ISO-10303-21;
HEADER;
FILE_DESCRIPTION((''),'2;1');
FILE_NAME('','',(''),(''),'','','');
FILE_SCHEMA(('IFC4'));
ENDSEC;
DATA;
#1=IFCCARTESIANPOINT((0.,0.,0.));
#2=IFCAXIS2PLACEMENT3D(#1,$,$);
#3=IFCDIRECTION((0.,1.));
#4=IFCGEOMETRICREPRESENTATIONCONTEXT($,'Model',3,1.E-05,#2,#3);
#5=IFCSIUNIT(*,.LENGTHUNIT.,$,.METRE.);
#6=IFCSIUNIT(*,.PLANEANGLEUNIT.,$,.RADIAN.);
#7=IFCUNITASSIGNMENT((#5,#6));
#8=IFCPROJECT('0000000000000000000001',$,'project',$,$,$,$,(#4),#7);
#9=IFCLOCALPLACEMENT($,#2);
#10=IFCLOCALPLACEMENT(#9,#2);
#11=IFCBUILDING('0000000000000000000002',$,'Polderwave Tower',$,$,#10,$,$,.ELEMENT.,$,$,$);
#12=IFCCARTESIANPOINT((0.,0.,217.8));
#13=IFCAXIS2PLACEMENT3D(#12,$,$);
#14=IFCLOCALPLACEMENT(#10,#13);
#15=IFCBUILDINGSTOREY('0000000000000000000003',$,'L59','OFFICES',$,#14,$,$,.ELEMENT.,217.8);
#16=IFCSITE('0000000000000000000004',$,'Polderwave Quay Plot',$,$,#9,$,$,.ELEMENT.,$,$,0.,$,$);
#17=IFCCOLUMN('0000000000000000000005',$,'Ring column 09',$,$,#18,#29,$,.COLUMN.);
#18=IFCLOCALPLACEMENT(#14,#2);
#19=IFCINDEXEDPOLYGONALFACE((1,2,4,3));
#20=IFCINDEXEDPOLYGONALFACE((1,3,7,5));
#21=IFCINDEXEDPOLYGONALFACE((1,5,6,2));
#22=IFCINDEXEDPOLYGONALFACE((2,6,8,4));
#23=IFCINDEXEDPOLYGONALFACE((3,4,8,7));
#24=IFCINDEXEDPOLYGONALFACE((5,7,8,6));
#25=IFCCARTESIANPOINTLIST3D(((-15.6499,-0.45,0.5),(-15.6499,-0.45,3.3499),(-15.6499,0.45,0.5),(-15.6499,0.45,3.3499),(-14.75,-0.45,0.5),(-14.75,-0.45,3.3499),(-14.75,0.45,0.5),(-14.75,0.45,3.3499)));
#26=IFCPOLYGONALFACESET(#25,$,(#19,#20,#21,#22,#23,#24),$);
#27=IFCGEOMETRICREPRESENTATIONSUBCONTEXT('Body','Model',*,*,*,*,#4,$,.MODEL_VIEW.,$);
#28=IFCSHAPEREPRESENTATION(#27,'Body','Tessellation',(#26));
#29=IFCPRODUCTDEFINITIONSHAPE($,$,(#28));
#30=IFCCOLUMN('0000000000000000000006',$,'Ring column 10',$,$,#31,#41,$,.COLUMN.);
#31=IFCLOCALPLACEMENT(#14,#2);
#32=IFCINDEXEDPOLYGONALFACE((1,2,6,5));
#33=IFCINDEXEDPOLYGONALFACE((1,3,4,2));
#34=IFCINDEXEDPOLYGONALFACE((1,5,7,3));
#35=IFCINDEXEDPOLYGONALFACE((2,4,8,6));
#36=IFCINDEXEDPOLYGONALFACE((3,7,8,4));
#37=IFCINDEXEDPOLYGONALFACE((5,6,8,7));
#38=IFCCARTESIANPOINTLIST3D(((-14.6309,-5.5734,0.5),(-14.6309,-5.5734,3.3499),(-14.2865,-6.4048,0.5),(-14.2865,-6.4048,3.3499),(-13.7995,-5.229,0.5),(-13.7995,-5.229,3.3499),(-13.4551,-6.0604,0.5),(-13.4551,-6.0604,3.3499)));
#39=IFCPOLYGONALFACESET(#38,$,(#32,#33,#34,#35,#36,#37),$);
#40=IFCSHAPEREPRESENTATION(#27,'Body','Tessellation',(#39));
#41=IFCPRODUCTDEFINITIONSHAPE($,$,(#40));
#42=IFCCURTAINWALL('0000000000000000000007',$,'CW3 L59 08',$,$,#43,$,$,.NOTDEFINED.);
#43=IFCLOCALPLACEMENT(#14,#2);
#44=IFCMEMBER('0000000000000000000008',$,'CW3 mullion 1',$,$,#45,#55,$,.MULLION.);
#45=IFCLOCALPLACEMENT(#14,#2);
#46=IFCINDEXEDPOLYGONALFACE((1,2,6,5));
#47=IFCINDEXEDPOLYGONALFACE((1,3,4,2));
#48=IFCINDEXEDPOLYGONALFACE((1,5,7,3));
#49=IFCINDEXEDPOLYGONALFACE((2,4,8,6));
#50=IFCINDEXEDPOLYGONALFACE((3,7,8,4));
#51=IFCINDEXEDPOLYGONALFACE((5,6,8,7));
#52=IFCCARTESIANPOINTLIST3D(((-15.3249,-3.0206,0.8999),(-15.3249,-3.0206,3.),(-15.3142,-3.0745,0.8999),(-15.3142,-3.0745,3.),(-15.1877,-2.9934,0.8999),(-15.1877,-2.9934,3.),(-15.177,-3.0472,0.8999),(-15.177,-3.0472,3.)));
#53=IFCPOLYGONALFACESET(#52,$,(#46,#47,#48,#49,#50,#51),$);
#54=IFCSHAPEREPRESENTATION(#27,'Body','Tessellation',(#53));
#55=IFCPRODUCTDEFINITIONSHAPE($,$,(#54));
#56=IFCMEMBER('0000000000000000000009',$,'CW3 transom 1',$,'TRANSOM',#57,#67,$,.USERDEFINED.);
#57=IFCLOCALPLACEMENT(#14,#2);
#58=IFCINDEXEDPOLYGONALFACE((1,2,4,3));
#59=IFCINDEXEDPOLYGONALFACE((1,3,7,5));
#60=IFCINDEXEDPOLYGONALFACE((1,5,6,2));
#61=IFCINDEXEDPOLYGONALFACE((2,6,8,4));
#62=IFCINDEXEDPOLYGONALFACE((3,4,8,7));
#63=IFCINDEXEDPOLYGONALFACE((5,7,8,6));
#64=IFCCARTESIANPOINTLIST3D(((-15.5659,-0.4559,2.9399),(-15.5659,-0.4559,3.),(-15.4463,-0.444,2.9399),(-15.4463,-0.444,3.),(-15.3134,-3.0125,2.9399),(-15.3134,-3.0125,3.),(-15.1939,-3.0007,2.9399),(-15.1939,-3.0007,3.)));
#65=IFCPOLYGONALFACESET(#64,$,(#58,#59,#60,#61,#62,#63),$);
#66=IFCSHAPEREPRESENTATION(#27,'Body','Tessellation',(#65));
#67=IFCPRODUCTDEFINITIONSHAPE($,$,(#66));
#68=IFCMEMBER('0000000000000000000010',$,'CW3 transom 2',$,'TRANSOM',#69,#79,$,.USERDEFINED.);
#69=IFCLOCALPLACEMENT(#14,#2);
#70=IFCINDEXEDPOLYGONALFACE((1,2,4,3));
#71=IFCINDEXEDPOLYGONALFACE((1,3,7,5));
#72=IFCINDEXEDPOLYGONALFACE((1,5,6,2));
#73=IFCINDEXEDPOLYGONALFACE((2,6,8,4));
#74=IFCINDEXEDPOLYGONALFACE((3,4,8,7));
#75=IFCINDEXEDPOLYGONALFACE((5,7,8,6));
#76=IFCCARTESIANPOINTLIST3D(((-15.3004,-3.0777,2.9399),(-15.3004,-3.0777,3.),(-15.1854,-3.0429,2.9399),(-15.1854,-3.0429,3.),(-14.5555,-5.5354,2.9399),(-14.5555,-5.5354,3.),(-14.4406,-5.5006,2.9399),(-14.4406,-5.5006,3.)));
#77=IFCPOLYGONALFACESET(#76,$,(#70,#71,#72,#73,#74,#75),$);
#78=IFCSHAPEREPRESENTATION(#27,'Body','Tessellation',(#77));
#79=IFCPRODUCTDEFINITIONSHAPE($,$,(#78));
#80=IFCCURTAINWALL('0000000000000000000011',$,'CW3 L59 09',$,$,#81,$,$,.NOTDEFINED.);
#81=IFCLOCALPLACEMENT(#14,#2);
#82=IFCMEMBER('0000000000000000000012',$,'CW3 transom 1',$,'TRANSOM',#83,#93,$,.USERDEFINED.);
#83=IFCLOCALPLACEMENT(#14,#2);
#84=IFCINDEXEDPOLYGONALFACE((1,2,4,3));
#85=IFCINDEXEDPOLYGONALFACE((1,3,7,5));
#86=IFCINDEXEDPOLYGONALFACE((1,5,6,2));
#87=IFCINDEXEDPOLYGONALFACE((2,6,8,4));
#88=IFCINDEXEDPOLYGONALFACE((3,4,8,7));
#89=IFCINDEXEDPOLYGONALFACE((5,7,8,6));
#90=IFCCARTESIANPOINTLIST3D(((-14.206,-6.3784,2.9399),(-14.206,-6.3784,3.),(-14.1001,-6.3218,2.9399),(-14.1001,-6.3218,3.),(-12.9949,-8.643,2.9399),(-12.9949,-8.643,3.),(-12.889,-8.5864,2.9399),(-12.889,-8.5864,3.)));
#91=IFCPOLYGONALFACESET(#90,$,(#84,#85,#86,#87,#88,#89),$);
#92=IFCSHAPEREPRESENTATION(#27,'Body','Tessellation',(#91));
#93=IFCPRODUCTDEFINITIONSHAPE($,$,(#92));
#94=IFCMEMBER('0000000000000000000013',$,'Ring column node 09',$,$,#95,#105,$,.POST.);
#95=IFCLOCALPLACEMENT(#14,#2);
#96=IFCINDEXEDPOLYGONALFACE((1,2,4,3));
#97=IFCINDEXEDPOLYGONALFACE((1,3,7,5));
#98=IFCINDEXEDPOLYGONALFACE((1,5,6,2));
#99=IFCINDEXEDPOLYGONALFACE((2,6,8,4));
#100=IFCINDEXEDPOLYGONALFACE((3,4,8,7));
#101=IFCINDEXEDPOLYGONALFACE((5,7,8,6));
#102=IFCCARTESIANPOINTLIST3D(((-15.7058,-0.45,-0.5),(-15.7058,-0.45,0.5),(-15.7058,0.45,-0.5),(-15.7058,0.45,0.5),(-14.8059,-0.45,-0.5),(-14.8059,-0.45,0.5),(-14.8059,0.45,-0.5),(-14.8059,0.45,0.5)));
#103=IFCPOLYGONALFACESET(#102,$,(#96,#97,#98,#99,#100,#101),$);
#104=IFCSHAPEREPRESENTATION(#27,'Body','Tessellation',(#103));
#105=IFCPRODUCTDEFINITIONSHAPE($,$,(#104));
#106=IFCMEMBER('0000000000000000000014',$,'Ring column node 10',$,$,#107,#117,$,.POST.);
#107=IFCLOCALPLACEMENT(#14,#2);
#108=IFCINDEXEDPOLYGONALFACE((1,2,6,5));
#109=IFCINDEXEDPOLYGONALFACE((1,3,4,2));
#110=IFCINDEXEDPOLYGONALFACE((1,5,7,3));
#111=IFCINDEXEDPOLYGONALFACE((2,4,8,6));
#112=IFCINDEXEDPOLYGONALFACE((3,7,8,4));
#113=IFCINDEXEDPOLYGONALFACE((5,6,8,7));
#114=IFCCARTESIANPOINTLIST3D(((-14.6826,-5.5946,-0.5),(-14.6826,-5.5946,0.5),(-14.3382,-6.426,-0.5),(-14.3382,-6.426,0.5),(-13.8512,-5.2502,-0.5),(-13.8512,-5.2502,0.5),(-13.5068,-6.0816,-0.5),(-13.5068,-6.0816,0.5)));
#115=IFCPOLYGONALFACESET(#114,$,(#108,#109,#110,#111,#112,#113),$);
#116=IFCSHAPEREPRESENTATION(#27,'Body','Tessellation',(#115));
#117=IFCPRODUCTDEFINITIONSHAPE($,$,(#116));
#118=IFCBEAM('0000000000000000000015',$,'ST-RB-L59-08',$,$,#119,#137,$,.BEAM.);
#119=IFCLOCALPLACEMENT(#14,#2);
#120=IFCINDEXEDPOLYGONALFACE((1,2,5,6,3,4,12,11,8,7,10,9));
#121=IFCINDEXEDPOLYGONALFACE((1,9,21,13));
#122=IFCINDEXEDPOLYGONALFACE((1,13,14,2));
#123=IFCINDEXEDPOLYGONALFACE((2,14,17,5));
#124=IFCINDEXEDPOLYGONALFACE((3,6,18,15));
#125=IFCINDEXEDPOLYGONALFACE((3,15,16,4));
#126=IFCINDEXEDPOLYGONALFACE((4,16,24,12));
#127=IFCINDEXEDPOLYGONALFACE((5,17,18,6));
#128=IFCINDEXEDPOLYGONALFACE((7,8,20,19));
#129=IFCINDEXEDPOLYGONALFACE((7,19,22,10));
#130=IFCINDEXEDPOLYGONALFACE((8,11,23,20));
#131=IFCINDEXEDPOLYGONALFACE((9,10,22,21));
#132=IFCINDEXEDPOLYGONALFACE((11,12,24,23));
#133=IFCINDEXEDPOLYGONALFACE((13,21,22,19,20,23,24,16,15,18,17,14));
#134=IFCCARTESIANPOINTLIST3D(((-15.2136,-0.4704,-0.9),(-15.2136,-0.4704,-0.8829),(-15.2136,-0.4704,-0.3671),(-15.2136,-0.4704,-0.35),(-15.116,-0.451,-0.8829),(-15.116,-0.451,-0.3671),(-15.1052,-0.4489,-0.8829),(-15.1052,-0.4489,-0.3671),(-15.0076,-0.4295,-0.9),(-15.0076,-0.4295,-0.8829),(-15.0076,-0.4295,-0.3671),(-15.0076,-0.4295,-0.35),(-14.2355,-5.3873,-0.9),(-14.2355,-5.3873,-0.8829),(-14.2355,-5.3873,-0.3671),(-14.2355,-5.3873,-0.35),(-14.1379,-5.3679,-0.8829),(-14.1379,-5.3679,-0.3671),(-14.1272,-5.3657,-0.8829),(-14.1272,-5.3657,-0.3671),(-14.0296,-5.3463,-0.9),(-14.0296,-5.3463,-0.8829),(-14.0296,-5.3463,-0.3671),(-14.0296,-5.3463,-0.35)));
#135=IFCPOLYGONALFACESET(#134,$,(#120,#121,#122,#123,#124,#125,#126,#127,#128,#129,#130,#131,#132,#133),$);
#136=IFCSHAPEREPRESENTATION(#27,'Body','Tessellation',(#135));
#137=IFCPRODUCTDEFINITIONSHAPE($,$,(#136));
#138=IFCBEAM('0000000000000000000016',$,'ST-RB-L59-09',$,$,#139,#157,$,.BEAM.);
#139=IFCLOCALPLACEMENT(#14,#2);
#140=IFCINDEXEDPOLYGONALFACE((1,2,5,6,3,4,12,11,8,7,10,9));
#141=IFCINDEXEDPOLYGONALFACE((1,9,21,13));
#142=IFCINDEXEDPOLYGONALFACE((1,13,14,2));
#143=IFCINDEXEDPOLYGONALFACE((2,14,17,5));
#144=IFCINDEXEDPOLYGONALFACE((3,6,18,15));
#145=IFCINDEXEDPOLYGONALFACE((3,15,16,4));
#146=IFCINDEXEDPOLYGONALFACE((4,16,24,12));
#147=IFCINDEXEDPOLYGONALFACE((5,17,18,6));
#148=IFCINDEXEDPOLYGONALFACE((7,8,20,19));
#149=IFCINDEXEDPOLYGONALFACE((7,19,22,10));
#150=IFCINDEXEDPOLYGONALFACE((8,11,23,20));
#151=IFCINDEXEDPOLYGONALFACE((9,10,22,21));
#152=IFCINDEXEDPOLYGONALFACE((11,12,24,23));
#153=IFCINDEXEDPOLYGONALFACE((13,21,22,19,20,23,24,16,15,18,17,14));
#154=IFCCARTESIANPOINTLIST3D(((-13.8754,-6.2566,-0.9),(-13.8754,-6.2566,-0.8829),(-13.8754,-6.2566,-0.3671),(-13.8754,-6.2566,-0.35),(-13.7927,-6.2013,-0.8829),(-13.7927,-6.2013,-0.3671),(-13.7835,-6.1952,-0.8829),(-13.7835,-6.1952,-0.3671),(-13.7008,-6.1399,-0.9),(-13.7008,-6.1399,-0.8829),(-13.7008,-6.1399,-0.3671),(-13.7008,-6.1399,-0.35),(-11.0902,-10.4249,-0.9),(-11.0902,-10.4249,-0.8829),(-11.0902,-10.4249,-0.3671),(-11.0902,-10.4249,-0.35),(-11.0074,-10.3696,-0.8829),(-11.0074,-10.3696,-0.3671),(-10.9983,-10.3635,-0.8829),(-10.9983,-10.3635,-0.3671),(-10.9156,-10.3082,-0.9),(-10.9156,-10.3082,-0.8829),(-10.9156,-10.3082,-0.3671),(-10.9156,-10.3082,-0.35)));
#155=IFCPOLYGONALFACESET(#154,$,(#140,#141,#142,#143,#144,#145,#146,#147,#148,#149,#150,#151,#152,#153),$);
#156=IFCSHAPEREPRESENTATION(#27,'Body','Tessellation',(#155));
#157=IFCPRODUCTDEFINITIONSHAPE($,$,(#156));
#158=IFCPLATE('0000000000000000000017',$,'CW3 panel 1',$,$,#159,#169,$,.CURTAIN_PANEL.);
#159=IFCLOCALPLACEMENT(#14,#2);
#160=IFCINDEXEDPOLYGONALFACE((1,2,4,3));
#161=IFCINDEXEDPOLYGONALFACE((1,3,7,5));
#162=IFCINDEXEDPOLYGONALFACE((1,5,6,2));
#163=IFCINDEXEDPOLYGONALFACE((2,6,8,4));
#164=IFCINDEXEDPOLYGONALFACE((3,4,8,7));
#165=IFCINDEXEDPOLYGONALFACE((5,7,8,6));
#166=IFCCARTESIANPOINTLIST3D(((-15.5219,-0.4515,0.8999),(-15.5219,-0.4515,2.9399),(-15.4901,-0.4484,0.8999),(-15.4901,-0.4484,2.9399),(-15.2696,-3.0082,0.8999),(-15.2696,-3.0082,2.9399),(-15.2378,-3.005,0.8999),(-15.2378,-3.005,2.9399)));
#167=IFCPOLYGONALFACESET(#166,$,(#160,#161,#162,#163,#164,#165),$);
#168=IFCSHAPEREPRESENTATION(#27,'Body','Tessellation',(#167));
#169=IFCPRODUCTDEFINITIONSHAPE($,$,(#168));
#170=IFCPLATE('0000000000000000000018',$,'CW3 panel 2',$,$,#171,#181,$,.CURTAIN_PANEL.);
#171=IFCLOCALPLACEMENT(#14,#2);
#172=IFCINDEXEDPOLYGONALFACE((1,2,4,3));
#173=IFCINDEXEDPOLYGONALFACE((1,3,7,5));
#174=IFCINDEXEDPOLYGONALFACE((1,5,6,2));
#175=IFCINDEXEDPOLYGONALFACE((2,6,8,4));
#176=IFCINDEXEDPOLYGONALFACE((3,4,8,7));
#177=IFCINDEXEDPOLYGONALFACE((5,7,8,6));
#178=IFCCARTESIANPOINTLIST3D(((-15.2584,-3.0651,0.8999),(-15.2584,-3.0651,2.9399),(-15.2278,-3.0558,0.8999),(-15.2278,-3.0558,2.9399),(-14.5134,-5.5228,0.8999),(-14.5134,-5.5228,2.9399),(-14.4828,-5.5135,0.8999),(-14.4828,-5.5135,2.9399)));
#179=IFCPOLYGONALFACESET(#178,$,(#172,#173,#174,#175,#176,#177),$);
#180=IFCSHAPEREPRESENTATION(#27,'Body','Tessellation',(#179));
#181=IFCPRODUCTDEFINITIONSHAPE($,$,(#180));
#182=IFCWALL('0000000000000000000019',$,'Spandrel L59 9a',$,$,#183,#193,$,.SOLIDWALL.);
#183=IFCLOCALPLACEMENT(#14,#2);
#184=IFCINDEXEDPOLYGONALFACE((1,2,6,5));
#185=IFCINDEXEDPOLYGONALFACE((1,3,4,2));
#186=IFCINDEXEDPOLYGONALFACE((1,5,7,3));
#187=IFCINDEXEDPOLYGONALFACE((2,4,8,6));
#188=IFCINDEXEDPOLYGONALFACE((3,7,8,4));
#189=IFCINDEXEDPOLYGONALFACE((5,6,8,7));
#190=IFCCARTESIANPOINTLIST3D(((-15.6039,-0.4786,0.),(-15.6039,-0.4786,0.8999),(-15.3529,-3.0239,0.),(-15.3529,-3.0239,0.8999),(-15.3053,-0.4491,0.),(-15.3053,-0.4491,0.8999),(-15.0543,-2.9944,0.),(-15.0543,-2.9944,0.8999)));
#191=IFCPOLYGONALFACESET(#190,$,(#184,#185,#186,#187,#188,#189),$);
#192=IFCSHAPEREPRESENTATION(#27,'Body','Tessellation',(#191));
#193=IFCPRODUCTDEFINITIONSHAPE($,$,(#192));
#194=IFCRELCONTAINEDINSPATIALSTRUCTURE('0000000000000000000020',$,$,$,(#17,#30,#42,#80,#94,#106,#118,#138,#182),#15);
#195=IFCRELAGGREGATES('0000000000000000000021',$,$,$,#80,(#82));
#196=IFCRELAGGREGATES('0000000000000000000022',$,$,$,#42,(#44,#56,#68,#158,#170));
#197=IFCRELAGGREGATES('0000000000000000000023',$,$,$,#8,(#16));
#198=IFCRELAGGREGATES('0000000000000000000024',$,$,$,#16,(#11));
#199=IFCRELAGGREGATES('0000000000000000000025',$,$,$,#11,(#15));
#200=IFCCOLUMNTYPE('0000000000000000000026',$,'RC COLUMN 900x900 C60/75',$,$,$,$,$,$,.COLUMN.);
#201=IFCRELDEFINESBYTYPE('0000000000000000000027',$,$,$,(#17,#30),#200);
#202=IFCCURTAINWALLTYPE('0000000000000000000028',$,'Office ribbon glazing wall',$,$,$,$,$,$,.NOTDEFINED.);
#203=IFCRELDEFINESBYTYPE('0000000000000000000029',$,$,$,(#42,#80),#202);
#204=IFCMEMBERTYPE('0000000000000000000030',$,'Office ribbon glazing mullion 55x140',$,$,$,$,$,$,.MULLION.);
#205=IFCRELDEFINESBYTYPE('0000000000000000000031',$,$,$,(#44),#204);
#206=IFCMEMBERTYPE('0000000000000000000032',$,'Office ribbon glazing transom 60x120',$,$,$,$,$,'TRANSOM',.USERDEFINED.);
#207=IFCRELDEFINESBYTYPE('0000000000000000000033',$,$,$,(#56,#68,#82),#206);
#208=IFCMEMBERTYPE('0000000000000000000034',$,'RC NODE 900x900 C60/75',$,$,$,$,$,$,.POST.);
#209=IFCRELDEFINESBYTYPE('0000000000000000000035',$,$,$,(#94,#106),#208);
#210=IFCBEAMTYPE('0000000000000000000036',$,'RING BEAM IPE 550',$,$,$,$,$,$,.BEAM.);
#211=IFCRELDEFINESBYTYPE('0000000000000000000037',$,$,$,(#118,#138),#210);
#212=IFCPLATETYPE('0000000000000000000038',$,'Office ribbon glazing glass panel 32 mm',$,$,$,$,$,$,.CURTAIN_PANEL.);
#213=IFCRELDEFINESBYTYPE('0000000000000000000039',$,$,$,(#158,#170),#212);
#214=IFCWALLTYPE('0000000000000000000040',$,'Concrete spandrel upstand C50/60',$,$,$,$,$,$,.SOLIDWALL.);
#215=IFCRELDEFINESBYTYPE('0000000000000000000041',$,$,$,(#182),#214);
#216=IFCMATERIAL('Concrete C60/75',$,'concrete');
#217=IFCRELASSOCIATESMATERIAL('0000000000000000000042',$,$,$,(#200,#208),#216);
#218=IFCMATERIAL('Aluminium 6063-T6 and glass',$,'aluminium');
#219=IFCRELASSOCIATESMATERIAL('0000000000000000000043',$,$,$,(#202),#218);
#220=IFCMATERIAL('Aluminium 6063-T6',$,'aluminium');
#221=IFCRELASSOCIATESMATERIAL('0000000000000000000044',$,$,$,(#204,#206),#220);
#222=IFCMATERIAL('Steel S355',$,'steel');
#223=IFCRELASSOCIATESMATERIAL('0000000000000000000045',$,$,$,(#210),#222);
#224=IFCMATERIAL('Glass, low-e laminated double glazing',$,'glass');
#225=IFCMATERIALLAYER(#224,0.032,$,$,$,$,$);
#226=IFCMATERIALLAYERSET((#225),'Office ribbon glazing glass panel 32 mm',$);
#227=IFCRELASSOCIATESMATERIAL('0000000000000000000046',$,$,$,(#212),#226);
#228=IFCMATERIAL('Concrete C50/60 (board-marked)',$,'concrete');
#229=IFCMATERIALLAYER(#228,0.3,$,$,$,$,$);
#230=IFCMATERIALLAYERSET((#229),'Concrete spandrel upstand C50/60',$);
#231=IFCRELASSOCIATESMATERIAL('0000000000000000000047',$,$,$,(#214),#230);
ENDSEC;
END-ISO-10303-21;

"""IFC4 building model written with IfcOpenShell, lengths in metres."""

from ifc_helpers import new_model, si_unit, direction, frame, frame_2d, origin, origin_2d, place, context, subcontext, project, spatial, rectangle, i_section, extrude, material, layer, layer_set, material_profile, profile_set, type_object, element, aggregate, save


model = new_model("IFC4")

# Units and contexts
model_context = context("Model", 3, precision=1e-05, world=origin(), true_north=direction((0.0, 1.0)))
body_context = subcontext(model_context, "Body", "Model", "MODEL_VIEW")
ifc_project = project(units=[si_unit("LENGTHUNIT", "METRE"), si_unit("PLANEANGLEUNIT", "RADIAN")], contexts=[model_context])

# Site, building, storey
site_placement = place(None, origin())
site = spatial("IfcSite", under=ifc_project, at=site_placement, Name="Polderwave Quay Plot", CompositionType="ELEMENT", RefElevation=0.0)
building_placement = place(site_placement, origin())
building = spatial("IfcBuilding", under=site, at=building_placement, Name="Polderwave Tower", CompositionType="ELEMENT")
storey_placement = place(building_placement, frame((0.0, 0.0, 217.8)))
storey = spatial("IfcBuildingStorey", under=building, at=storey_placement, Name="L59", Description="OFFICES", CompositionType="ELEMENT", Elevation=217.8)

# Columns
ifc_material_1 = material(Name="Concrete C60/75", Category="concrete")
ifc_material_profile_1 = material_profile(ifc_material_1, rectangle(XDim=0.8999, YDim=0.8999, at=origin_2d()), Name="RC 900x900")
ifc_profile_set_1 = profile_set([ifc_material_profile_1], Name="Concrete C60/75")
column_type = type_object("IfcColumnType", Name="RC COLUMN 900x900 C60/75", PredefinedType="COLUMN", material=ifc_profile_set_1)
for number, where, z_axis, x_axis, name in (
    (1, (-15.2, 0.0, 0.5), (0.0, 0.0, 1.0), (-1.0, 0.0, 0.0), "Ring column 09"),
    (2, (-14.043, -5.8169, 0.5), (0.0, 0.0, 1.0), (-0.92388, -0.382683, 0.0), "Ring column 10"),
):
    element("IfcColumn", number, at=place(storey_placement, frame(where, z_axis=z_axis, x_axis=x_axis)), inside=storey, type_object=column_type, Name=name, PredefinedType="COLUMN", context=body_context, shape_type="SweptSolid", body=[
        extrude(rectangle(XDim=0.8999, YDim=0.8999, at=origin_2d()), origin(), (0.0, 0.0, 1.0), 2.8499),
    ])

# Curtain wall, members
ifc_material_2 = material(Name="Aluminium 6063-T6 and glass", Category="aluminium")
curtain_wall_type = type_object("IfcCurtainWallType", Name="Office ribbon glazing wall", PredefinedType="NOTDEFINED", material=ifc_material_2)
curtain_wall_1_placement = place(storey_placement, origin())
curtain_wall_1 = element("IfcCurtainWall", 3, at=curtain_wall_1_placement, inside=storey, type_object=curtain_wall_type, Name="CW3 L59 08", PredefinedType="NOTDEFINED")
ifc_material_3 = material(Name="Aluminium 6063-T6", Category="aluminium")
ifc_material_profile_2 = material_profile(ifc_material_3, rectangle(XDim=0.1399, YDim=0.0549, at=origin_2d()), Name="AL 55x140")
ifc_profile_set_2 = profile_set([ifc_material_profile_2], Name="Aluminium 6063-T6")
member_type_1 = type_object("IfcMemberType", Name="Office ribbon glazing mullion 55x140", PredefinedType="MULLION", material=ifc_profile_set_2)
member_1_placement = place(storey_placement, frame((-15.251, -3.0339, 0.8999), z_axis=(0.0, 0.0, 1.0), x_axis=(0.980785, 0.195092, 0.0)))
member_1 = element("IfcMember", 4, at=member_1_placement, type_object=member_type_1, Name="CW3 mullion 1", PredefinedType="MULLION", context=body_context, shape_type="SweptSolid", body=[
    extrude(rectangle(XDim=0.1399, YDim=0.0549, at=origin_2d()), origin(), (0.0, 0.0, 1.0), 2.1001),
])
ifc_material_profile_3 = material_profile(ifc_material_3, rectangle(XDim=0.1201, YDim=0.0601, at=origin_2d()), Name="AL 60x120")
ifc_profile_set_3 = profile_set([ifc_material_profile_3], Name="Aluminium 6063-T6")
member_type_2 = type_object("IfcMemberType", Name="Office ribbon glazing transom 60x120", ElementType="TRANSOM", PredefinedType="USERDEFINED", material=ifc_profile_set_3)
member_2_placement = place(storey_placement, frame((-15.5061, -0.45, 2.97), z_axis=(0.098262, -0.995161, 0.0), x_axis=(0.995161, 0.098262, 0.0)))
member_2 = element("IfcMember", 5, at=member_2_placement, type_object=member_type_2, Name="CW3 transom 1", ObjectType="TRANSOM", PredefinedType="USERDEFINED", context=body_context, shape_type="SweptSolid", body=[
    extrude(rectangle(XDim=0.1201, YDim=0.0601, at=origin_2d()), origin(), (0.0, 0.0, 1.0), 2.5691),
])
member_3_placement = place(storey_placement, frame((-15.2429, -3.0603, 2.97), z_axis=(0.290042, -0.957014, 0.0), x_axis=(0.957014, 0.290042, 0.0)))
member_3 = element("IfcMember", 6, at=member_3_placement, type_object=member_type_2, Name="CW3 transom 2", ObjectType="TRANSOM", PredefinedType="USERDEFINED", context=body_context, shape_type="SweptSolid", body=[
    extrude(rectangle(XDim=0.1201, YDim=0.0601, at=origin_2d()), origin(), (0.0, 0.0, 1.0), 2.5681),
])

# Curtain wall, member
curtain_wall_2_placement = place(storey_placement, origin())
curtain_wall_2 = element("IfcCurtainWall", 7, at=curtain_wall_2_placement, inside=storey, type_object=curtain_wall_type, Name="CW3 L59 09", PredefinedType="NOTDEFINED")
member_4_placement = place(storey_placement, frame((-14.1531, -6.3501, 2.97), z_axis=(0.471609, -0.881808, 0.0), x_axis=(0.881808, 0.471609, 0.0)))
member_4 = element("IfcMember", 8, at=member_4_placement, type_object=member_type_2, Name="CW3 transom 1", ObjectType="TRANSOM", PredefinedType="USERDEFINED", context=body_context, shape_type="SweptSolid", body=[
    extrude(rectangle(XDim=0.1201, YDim=0.0601, at=origin_2d()), origin(), (0.0, 0.0, 1.0), 2.5681),
])
aggregate(curtain_wall_2, [member_4])

# Members
ifc_material_profile_4 = material_profile(ifc_material_1, rectangle(XDim=0.8999, YDim=0.8999, at=origin_2d()), Name="RC 900x900")
ifc_profile_set_4 = profile_set([ifc_material_profile_4], Name="Concrete C60/75")
member_type_3 = type_object("IfcMemberType", Name="RC NODE 900x900 C60/75", PredefinedType="POST", material=ifc_profile_set_4)
for number, where, z_axis, x_axis, name in (
    (9, (-15.2559, 0.0, -0.5), (0.0, 0.0, 1.0), (-1.0, 0.0, 0.0), "Ring column node 09"),
    (10, (-14.0947, -5.8381, -0.5), (0.0, 0.0, 1.0), (-0.92388, -0.382683, 0.0), "Ring column node 10"),
):
    element("IfcMember", number, at=place(storey_placement, frame(where, z_axis=z_axis, x_axis=x_axis)), inside=storey, type_object=member_type_3, Name=name, PredefinedType="POST", context=body_context, shape_type="SweptSolid", body=[
        extrude(rectangle(XDim=0.8999, YDim=0.8999, at=origin_2d()), origin(), (0.0, 0.0, 1.0), 1.0),
    ])

# Beams
ifc_material_4 = material(Name="Steel S355", Category="steel")
ifc_material_profile_5 = material_profile(ifc_material_4, i_section(OverallWidth=0.21, OverallDepth=0.55, WebThickness=0.011, FlangeThickness=0.0171, at=origin_2d()), Name="IPE 550")
ifc_profile_set_5 = profile_set([ifc_material_profile_5], Name="Steel S355")
beam_type = type_object("IfcBeamType", Name="RING BEAM IPE 550", PredefinedType="BEAM", material=ifc_profile_set_5)
for number, where, z_axis, x_axis, name in (
    (11, (-15.1106, -0.45, -0.625), (0.195095, -0.980784, 0.0), (0.980784, 0.195095, 0.0), "ST-RB-L59-08"),
    (12, (-13.7881, -6.1982, -0.625), (0.555576, -0.831465, 0.0), (0.831465, 0.555576, 0.0), "ST-RB-L59-09"),
):
    element("IfcBeam", number, at=place(storey_placement, frame(where, z_axis=z_axis, x_axis=x_axis)), inside=storey, type_object=beam_type, Name=name, PredefinedType="BEAM", context=body_context, shape_type="SweptSolid", body=[
        extrude(i_section(OverallWidth=0.21, OverallDepth=0.55, WebThickness=0.011, FlangeThickness=0.0171, at=origin_2d()), origin(), (0.0, 0.0, 1.0), 5.0132),
    ])

# Plates
ifc_material_5 = material(Name="Glass, low-e laminated double glazing", Category="glass")
ifc_layer_1 = layer(ifc_material_5, 0.032)
ifc_layer_set_1 = layer_set([ifc_layer_1], Name="Office ribbon glazing glass panel 32 mm")
plate_type = type_object("IfcPlateType", Name="Office ribbon glazing glass panel 32 mm", PredefinedType="CURTAIN_PANEL", material=ifc_layer_set_1)
plate_1_placement = place(storey_placement, frame((-15.3799, -1.7283, 0.8999), z_axis=(0.0, 0.0, 1.0), x_axis=(0.098206, -0.995166, 0.0)))
plate_1 = element("IfcPlate", 13, at=plate_1_placement, type_object=plate_type, Name="CW3 panel 1", PredefinedType="CURTAIN_PANEL", context=body_context, shape_type="SweptSolid", body=[
    extrude(rectangle(XDim=2.5691, YDim=0.032, at=origin_2d()), origin(), (0.0, 0.0, 1.0), 2.04),
])
plate_2_placement = place(storey_placement, frame((-14.8706, -4.2893, 0.8999), z_axis=(0.0, 0.0, 1.0), x_axis=(0.290104, -0.956995, 0.0)))
plate_2 = element("IfcPlate", 14, at=plate_2_placement, type_object=plate_type, Name="CW3 panel 2", PredefinedType="CURTAIN_PANEL", context=body_context, shape_type="SweptSolid", body=[
    extrude(rectangle(XDim=2.5681, YDim=0.032, at=origin_2d()), origin(), (0.0, 0.0, 1.0), 2.04),
])
aggregate(curtain_wall_1, [member_1, member_2, member_3, plate_1, plate_2])

# Wall
ifc_material_6 = material(Name="Concrete C50/60 (board-marked)", Category="concrete")
ifc_layer_2 = layer(ifc_material_6, 0.3)
ifc_layer_set_2 = layer_set([ifc_layer_2], Name="Concrete spandrel upstand C50/60")
wall_type_1 = type_object("IfcWallType", Name="Concrete spandrel upstand C50/60", PredefinedType="SOLIDWALL", material=ifc_layer_set_2)
wall_1_placement = place(storey_placement, frame((-15.4546, -0.4639, 0.0), z_axis=(0.0, 0.0, 1.0), x_axis=(0.098133, -0.995173, 0.0)))
element("IfcWall", 15, at=wall_1_placement, inside=storey, type_object=wall_type_1, Name="Spandrel L59 9a", PredefinedType="SOLIDWALL", context=body_context, shape_type="SweptSolid", body=[
    extrude(rectangle(XDim=2.5576, YDim=0.3, at=frame_2d((1.2788, 0.0))), origin(), (0.0, 0.0, 1.0), 0.8999),
])

save(model, "model.ifc")
